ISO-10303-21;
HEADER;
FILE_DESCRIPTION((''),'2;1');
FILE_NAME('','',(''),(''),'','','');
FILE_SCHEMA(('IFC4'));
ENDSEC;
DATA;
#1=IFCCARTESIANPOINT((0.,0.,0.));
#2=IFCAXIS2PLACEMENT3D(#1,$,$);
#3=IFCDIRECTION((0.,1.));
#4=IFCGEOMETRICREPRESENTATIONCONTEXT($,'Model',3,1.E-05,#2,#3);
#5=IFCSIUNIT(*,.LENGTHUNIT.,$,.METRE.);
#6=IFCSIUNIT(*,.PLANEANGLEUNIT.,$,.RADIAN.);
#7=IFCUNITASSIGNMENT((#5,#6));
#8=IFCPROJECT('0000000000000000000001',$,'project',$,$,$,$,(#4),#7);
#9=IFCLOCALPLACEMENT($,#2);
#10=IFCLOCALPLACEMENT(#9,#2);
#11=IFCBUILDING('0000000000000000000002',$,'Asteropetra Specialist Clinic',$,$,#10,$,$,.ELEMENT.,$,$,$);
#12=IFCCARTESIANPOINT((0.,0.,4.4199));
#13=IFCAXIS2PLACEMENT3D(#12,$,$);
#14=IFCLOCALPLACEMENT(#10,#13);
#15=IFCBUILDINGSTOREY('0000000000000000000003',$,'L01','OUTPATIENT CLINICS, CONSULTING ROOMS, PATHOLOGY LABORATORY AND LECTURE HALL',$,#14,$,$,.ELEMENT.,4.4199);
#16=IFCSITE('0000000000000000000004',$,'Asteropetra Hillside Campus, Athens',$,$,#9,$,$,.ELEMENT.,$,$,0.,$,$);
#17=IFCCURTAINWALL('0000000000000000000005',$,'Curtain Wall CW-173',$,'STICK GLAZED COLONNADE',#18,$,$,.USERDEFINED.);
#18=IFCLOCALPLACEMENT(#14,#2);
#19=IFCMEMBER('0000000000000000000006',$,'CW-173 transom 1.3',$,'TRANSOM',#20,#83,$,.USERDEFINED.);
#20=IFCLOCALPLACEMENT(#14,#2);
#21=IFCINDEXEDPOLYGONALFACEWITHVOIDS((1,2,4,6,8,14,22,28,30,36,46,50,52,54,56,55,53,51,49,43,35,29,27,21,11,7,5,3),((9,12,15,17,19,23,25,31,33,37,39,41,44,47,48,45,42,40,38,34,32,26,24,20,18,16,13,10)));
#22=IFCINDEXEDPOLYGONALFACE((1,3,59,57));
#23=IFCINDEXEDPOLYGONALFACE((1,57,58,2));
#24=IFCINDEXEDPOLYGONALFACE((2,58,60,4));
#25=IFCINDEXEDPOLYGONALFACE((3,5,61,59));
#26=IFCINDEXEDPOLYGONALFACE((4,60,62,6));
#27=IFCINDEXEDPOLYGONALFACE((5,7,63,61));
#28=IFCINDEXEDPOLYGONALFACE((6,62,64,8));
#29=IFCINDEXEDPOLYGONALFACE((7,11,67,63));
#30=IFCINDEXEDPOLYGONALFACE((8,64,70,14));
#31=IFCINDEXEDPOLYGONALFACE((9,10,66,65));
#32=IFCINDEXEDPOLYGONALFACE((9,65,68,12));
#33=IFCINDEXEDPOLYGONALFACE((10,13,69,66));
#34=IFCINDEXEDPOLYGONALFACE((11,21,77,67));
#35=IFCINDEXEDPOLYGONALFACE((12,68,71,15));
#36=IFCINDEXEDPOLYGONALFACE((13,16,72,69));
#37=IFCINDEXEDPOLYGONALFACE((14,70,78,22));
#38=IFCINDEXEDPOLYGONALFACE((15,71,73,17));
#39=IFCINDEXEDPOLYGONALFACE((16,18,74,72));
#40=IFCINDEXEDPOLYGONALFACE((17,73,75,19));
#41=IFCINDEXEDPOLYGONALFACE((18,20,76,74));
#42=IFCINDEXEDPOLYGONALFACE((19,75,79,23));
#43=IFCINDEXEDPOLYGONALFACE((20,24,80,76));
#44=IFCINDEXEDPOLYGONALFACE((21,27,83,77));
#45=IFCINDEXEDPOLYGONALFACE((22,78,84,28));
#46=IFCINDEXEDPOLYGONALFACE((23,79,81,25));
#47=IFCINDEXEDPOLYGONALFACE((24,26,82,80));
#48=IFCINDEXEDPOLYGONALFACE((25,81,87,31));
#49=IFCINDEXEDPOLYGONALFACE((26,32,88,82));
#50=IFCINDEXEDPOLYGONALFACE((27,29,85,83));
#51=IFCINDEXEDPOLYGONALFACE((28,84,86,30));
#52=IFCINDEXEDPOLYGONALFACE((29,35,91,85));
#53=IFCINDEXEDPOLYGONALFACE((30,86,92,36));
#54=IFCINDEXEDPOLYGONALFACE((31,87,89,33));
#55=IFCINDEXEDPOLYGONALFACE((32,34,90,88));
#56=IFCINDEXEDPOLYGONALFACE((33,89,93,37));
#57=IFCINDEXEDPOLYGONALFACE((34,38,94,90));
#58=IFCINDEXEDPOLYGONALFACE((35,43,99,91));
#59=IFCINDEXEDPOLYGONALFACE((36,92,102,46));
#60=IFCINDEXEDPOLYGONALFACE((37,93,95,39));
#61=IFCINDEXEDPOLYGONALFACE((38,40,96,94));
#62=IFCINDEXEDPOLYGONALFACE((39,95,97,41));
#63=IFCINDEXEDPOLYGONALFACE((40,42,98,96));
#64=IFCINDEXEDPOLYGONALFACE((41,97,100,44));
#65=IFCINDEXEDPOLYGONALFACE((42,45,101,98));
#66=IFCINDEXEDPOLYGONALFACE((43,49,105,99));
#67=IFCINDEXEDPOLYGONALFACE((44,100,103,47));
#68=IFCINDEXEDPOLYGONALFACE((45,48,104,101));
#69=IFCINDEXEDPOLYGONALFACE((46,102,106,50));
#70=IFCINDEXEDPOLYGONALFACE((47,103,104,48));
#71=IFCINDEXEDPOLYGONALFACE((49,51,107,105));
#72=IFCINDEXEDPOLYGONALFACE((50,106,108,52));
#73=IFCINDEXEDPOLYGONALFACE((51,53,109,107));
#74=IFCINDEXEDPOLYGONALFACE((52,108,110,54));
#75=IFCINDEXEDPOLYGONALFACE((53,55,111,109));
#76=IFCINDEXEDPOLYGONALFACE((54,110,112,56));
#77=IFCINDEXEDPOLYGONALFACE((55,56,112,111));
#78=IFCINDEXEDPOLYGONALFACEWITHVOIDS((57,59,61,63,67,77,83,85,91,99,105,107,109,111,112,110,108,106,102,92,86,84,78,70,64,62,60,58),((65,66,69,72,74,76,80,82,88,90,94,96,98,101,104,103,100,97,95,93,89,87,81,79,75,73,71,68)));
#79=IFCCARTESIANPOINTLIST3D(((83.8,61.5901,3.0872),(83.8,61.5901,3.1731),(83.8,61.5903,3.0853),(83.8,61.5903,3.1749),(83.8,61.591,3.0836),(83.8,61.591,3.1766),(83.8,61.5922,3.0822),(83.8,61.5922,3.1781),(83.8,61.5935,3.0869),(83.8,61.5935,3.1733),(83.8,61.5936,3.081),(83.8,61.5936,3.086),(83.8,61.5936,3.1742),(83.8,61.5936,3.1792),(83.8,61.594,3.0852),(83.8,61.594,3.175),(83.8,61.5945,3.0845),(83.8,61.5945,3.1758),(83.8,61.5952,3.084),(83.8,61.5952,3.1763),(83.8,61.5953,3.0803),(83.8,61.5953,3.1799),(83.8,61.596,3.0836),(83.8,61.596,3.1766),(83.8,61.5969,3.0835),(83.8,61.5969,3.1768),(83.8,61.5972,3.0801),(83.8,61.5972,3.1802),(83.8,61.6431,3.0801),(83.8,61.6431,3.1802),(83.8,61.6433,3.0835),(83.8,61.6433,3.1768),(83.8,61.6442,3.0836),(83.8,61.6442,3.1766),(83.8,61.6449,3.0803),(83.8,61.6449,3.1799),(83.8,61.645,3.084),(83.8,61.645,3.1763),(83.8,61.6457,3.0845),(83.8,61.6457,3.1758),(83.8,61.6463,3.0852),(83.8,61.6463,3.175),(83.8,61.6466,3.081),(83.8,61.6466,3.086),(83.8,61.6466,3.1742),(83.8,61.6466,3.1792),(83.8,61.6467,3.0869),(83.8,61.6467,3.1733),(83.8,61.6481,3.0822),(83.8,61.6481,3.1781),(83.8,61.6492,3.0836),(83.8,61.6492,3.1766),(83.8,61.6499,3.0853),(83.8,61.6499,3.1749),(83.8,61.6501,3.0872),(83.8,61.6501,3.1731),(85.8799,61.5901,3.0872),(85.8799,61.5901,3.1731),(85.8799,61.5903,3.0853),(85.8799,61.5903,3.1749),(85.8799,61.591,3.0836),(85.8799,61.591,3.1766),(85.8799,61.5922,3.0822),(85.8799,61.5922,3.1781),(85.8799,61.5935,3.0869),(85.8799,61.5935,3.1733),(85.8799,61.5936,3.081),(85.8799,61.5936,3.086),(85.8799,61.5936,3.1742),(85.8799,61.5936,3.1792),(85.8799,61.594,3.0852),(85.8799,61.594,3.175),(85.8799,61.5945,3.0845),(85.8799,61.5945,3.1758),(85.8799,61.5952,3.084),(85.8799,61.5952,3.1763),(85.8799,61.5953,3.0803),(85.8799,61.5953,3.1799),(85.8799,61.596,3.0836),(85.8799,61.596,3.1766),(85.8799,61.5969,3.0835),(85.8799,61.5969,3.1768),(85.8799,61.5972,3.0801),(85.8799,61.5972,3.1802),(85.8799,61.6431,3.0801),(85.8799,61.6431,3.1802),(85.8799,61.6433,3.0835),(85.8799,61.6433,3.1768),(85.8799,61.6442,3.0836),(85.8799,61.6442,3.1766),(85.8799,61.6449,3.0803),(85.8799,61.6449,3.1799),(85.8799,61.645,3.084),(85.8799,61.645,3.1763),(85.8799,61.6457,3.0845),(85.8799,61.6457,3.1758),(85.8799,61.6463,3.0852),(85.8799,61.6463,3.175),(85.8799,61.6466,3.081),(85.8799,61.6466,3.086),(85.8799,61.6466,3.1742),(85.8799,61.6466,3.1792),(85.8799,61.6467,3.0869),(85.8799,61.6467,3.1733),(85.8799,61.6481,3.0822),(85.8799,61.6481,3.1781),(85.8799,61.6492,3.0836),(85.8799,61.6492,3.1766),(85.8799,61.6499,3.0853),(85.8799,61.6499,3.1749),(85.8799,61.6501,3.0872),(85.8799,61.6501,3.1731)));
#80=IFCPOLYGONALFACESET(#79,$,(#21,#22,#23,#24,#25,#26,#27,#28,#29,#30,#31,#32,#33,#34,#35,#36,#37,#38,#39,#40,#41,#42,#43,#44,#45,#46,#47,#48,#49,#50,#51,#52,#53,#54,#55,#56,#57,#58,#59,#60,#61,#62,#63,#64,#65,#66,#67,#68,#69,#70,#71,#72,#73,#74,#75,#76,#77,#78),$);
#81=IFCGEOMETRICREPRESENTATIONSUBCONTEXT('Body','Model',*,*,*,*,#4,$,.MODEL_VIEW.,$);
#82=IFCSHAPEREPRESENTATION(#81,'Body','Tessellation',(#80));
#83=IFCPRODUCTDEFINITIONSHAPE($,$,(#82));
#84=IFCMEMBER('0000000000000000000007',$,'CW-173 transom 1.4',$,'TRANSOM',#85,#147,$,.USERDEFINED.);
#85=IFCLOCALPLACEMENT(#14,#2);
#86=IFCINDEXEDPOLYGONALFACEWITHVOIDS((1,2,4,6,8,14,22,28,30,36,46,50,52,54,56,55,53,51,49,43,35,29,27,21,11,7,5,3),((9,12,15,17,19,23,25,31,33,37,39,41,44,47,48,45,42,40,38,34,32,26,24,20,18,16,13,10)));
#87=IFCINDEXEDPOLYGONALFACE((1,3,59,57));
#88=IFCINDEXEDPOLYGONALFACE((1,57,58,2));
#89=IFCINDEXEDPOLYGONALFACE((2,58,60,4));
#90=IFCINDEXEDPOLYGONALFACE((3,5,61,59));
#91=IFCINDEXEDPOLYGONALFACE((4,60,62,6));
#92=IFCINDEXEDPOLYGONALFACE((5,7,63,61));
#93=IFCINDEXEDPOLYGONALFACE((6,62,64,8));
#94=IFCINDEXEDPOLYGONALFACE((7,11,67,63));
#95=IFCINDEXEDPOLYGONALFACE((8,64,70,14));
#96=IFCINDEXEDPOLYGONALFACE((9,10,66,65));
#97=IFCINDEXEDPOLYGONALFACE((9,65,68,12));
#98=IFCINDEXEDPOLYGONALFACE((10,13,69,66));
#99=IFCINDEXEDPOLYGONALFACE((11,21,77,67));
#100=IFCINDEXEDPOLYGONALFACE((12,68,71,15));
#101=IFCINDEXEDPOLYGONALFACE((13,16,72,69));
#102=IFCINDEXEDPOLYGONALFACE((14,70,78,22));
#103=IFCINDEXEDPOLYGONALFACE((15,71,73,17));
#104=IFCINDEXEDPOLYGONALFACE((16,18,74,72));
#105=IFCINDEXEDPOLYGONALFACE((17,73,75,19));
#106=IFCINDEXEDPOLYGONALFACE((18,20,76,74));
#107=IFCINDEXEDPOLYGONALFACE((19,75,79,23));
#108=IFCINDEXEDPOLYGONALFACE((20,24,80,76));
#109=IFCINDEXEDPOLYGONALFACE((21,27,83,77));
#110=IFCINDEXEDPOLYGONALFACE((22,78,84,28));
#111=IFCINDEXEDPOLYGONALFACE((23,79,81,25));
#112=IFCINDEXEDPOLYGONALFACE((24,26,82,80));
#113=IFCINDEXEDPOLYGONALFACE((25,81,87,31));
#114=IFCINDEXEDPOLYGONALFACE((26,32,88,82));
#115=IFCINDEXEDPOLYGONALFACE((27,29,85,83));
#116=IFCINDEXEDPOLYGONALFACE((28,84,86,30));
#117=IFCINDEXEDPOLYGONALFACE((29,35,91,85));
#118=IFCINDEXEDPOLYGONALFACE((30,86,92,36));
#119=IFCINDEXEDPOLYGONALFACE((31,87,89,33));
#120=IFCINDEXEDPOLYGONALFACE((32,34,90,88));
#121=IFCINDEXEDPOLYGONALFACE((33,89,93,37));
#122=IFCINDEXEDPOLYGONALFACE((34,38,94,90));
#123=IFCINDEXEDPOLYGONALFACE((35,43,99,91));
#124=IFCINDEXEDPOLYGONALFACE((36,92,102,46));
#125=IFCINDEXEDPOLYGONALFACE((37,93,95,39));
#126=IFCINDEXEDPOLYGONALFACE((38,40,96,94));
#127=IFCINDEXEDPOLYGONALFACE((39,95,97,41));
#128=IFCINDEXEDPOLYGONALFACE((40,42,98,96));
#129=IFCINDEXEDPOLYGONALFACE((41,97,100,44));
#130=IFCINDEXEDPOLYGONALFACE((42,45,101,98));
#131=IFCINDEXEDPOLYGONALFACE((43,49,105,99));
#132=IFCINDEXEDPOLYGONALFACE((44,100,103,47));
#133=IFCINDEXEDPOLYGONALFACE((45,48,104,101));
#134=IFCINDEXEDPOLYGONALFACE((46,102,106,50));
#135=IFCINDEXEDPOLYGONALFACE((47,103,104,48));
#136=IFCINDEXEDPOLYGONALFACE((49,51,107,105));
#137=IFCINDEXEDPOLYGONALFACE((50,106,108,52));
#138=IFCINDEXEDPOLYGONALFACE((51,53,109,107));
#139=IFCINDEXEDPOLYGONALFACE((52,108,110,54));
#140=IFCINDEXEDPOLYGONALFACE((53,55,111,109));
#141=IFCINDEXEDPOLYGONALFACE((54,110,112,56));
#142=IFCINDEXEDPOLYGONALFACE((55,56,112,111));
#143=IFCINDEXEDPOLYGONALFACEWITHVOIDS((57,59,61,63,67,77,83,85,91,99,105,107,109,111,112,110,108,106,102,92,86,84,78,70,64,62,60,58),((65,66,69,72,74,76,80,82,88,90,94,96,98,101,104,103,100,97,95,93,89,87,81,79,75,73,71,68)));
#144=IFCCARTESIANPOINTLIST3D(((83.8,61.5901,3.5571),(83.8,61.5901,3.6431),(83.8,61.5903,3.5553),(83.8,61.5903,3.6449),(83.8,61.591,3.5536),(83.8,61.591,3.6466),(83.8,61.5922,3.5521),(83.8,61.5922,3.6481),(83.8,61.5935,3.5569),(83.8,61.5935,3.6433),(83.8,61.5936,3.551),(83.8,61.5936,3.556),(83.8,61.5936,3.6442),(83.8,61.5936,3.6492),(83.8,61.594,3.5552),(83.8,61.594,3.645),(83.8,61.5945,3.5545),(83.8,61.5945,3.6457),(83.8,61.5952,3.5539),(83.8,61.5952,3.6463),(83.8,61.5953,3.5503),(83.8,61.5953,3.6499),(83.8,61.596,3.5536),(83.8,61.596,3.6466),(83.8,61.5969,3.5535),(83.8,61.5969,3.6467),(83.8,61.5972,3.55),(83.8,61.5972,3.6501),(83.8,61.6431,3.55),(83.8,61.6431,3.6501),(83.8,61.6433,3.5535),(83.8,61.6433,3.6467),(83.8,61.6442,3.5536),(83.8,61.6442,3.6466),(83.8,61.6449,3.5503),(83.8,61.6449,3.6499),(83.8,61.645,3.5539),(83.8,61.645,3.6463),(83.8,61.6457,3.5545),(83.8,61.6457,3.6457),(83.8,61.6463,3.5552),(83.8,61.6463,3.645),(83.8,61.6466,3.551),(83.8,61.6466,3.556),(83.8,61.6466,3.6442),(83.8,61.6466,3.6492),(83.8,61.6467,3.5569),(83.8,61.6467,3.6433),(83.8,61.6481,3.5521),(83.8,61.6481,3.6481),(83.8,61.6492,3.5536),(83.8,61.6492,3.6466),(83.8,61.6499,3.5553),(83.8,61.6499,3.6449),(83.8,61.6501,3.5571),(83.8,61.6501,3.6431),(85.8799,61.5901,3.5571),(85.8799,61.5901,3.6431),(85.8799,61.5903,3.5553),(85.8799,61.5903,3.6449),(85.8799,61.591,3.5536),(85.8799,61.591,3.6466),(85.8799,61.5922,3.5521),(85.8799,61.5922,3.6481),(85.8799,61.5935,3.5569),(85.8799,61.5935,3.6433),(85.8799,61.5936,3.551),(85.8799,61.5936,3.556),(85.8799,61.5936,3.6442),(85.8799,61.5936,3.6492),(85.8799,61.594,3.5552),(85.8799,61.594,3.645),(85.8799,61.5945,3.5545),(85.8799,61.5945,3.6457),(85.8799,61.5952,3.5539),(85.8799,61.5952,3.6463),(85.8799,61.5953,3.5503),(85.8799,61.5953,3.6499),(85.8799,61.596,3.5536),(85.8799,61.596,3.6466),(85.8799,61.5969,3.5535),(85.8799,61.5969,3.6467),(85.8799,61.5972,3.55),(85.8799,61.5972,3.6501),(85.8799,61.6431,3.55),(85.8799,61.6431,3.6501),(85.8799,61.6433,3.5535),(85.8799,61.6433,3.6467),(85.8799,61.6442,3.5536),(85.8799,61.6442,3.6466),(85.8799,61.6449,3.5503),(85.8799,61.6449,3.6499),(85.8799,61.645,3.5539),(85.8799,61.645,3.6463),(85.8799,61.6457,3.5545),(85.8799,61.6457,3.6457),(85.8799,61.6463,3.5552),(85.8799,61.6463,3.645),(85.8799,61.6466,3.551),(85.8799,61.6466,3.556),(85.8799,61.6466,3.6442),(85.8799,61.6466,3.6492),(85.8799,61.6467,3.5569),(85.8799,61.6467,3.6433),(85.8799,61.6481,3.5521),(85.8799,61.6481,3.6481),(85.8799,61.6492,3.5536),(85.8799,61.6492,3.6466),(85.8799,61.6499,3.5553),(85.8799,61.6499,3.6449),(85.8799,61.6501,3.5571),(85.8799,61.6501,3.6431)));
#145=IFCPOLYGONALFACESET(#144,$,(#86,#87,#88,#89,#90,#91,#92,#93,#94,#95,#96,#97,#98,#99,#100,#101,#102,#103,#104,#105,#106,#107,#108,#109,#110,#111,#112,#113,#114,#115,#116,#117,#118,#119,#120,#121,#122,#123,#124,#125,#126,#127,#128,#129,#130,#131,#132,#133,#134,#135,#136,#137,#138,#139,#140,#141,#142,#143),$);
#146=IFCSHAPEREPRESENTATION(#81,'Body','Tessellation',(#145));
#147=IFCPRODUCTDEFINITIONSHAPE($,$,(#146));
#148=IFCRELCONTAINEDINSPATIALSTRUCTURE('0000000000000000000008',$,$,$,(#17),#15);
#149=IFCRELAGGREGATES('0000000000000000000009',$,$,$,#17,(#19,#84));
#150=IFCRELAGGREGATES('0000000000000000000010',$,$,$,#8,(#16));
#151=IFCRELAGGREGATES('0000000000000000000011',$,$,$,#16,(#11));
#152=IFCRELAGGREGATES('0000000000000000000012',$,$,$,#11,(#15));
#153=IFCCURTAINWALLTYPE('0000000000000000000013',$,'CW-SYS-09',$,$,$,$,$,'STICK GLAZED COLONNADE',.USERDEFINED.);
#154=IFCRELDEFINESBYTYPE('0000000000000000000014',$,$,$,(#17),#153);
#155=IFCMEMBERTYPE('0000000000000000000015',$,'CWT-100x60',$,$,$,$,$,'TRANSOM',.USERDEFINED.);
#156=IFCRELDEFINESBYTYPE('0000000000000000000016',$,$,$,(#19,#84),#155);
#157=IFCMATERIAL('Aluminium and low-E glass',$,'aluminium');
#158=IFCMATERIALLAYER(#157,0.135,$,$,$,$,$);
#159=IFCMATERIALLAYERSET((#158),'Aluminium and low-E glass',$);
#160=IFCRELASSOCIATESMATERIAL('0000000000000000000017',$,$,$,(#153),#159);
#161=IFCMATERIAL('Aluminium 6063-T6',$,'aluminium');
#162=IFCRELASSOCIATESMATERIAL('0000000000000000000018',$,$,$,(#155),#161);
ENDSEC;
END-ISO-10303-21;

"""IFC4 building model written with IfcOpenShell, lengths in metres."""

from ifc_helpers import new_model, si_unit, direction, frame, origin, origin_2d, place, context, subcontext, project, spatial, hollow_rectangle, extrude, material, layer, layer_set, material_profile, profile_set, type_object, element, aggregate, save


model = new_model("IFC4")

# Units and contexts
model_context = context("Model", 3, precision=1e-05, world=origin(), true_north=direction((0.0, 1.0)))
body_context = subcontext(model_context, "Body", "Model", "MODEL_VIEW")
ifc_project = project(units=[si_unit("LENGTHUNIT", "METRE"), si_unit("PLANEANGLEUNIT", "RADIAN")], contexts=[model_context])

# Site, building, storey
site_placement = place(None, origin())
site = spatial("IfcSite", under=ifc_project, at=site_placement, Name="Asteropetra Hillside Campus, Athens", CompositionType="ELEMENT", RefElevation=0.0)
building_placement = place(site_placement, origin())
building = spatial("IfcBuilding", under=site, at=building_placement, Name="Asteropetra Specialist Clinic", CompositionType="ELEMENT")
storey_placement = place(building_placement, frame((0.0, 0.0, 4.4199)))
storey = spatial("IfcBuildingStorey", under=building, at=storey_placement, Name="L01", Description="OUTPATIENT CLINICS, CONSULTING ROOMS, PATHOLOGY LABORATORY AND LECTURE HALL", CompositionType="ELEMENT", Elevation=4.4199)

# Curtain wall
ifc_material_1 = material(Name="Aluminium and low-E glass", Category="aluminium")
ifc_layer_1 = layer(ifc_material_1, 0.135)
ifc_layer_set_1 = layer_set([ifc_layer_1], Name="Aluminium and low-E glass")
curtain_wall_type_1 = type_object("IfcCurtainWallType", Name="CW-SYS-09", ElementType="STICK GLAZED COLONNADE", PredefinedType="USERDEFINED", material=ifc_layer_set_1)
curtain_wall_1_placement = place(storey_placement, origin())
curtain_wall_1 = element("IfcCurtainWall", 1, at=curtain_wall_1_placement, inside=storey, type_object=curtain_wall_type_1, Name="Curtain Wall CW-173", ObjectType="STICK GLAZED COLONNADE", PredefinedType="USERDEFINED")

# Members
ifc_material_2 = material(Name="Aluminium 6063-T6", Category="aluminium")
ifc_material_profile_1 = material_profile(ifc_material_2, hollow_rectangle(XDim=0.0601, YDim=0.1001, WallThickness=0.0034, InnerFilletRadius=0.0034, OuterFilletRadius=0.0071, at=origin_2d()), Name="TRN 100x60x3.5")
ifc_profile_set_1 = profile_set([ifc_material_profile_1], Name="Aluminium 6063-T6")
member_type_1 = type_object("IfcMemberType", Name="CWT-100x60", ElementType="TRANSOM", PredefinedType="USERDEFINED", material=ifc_profile_set_1)
member_1_placement = place(storey_placement, frame((85.8799, 61.6201, 3.1301), z_axis=(-1.0, 0.0, 0.0), x_axis=(0.0, -1.0, 0.0)))
member_1 = element("IfcMember", 2, at=member_1_placement, type_object=member_type_1, Name="CW-173 transom 1.3", ObjectType="TRANSOM", PredefinedType="USERDEFINED", context=body_context, shape_type="SweptSolid", body=[
    extrude(hollow_rectangle(XDim=0.0601, YDim=0.1001, WallThickness=0.0034, InnerFilletRadius=0.0034, OuterFilletRadius=0.0071, at=origin_2d()), origin(), (0.0, 0.0, 1.0), 2.0798),
])
member_2_placement = place(storey_placement, frame((85.8799, 61.6201, 3.6001), z_axis=(-1.0, 0.0, 0.0), x_axis=(0.0, -1.0, 0.0)))
member_2 = element("IfcMember", 3, at=member_2_placement, type_object=member_type_1, Name="CW-173 transom 1.4", ObjectType="TRANSOM", PredefinedType="USERDEFINED", context=body_context, shape_type="SweptSolid", body=[
    extrude(hollow_rectangle(XDim=0.0601, YDim=0.1001, WallThickness=0.0034, InnerFilletRadius=0.0034, OuterFilletRadius=0.0071, at=origin_2d()), origin(), (0.0, 0.0, 1.0), 2.0798),
])

aggregate(curtain_wall_1, [member_1, member_2])

save(model, "model.ifc")
